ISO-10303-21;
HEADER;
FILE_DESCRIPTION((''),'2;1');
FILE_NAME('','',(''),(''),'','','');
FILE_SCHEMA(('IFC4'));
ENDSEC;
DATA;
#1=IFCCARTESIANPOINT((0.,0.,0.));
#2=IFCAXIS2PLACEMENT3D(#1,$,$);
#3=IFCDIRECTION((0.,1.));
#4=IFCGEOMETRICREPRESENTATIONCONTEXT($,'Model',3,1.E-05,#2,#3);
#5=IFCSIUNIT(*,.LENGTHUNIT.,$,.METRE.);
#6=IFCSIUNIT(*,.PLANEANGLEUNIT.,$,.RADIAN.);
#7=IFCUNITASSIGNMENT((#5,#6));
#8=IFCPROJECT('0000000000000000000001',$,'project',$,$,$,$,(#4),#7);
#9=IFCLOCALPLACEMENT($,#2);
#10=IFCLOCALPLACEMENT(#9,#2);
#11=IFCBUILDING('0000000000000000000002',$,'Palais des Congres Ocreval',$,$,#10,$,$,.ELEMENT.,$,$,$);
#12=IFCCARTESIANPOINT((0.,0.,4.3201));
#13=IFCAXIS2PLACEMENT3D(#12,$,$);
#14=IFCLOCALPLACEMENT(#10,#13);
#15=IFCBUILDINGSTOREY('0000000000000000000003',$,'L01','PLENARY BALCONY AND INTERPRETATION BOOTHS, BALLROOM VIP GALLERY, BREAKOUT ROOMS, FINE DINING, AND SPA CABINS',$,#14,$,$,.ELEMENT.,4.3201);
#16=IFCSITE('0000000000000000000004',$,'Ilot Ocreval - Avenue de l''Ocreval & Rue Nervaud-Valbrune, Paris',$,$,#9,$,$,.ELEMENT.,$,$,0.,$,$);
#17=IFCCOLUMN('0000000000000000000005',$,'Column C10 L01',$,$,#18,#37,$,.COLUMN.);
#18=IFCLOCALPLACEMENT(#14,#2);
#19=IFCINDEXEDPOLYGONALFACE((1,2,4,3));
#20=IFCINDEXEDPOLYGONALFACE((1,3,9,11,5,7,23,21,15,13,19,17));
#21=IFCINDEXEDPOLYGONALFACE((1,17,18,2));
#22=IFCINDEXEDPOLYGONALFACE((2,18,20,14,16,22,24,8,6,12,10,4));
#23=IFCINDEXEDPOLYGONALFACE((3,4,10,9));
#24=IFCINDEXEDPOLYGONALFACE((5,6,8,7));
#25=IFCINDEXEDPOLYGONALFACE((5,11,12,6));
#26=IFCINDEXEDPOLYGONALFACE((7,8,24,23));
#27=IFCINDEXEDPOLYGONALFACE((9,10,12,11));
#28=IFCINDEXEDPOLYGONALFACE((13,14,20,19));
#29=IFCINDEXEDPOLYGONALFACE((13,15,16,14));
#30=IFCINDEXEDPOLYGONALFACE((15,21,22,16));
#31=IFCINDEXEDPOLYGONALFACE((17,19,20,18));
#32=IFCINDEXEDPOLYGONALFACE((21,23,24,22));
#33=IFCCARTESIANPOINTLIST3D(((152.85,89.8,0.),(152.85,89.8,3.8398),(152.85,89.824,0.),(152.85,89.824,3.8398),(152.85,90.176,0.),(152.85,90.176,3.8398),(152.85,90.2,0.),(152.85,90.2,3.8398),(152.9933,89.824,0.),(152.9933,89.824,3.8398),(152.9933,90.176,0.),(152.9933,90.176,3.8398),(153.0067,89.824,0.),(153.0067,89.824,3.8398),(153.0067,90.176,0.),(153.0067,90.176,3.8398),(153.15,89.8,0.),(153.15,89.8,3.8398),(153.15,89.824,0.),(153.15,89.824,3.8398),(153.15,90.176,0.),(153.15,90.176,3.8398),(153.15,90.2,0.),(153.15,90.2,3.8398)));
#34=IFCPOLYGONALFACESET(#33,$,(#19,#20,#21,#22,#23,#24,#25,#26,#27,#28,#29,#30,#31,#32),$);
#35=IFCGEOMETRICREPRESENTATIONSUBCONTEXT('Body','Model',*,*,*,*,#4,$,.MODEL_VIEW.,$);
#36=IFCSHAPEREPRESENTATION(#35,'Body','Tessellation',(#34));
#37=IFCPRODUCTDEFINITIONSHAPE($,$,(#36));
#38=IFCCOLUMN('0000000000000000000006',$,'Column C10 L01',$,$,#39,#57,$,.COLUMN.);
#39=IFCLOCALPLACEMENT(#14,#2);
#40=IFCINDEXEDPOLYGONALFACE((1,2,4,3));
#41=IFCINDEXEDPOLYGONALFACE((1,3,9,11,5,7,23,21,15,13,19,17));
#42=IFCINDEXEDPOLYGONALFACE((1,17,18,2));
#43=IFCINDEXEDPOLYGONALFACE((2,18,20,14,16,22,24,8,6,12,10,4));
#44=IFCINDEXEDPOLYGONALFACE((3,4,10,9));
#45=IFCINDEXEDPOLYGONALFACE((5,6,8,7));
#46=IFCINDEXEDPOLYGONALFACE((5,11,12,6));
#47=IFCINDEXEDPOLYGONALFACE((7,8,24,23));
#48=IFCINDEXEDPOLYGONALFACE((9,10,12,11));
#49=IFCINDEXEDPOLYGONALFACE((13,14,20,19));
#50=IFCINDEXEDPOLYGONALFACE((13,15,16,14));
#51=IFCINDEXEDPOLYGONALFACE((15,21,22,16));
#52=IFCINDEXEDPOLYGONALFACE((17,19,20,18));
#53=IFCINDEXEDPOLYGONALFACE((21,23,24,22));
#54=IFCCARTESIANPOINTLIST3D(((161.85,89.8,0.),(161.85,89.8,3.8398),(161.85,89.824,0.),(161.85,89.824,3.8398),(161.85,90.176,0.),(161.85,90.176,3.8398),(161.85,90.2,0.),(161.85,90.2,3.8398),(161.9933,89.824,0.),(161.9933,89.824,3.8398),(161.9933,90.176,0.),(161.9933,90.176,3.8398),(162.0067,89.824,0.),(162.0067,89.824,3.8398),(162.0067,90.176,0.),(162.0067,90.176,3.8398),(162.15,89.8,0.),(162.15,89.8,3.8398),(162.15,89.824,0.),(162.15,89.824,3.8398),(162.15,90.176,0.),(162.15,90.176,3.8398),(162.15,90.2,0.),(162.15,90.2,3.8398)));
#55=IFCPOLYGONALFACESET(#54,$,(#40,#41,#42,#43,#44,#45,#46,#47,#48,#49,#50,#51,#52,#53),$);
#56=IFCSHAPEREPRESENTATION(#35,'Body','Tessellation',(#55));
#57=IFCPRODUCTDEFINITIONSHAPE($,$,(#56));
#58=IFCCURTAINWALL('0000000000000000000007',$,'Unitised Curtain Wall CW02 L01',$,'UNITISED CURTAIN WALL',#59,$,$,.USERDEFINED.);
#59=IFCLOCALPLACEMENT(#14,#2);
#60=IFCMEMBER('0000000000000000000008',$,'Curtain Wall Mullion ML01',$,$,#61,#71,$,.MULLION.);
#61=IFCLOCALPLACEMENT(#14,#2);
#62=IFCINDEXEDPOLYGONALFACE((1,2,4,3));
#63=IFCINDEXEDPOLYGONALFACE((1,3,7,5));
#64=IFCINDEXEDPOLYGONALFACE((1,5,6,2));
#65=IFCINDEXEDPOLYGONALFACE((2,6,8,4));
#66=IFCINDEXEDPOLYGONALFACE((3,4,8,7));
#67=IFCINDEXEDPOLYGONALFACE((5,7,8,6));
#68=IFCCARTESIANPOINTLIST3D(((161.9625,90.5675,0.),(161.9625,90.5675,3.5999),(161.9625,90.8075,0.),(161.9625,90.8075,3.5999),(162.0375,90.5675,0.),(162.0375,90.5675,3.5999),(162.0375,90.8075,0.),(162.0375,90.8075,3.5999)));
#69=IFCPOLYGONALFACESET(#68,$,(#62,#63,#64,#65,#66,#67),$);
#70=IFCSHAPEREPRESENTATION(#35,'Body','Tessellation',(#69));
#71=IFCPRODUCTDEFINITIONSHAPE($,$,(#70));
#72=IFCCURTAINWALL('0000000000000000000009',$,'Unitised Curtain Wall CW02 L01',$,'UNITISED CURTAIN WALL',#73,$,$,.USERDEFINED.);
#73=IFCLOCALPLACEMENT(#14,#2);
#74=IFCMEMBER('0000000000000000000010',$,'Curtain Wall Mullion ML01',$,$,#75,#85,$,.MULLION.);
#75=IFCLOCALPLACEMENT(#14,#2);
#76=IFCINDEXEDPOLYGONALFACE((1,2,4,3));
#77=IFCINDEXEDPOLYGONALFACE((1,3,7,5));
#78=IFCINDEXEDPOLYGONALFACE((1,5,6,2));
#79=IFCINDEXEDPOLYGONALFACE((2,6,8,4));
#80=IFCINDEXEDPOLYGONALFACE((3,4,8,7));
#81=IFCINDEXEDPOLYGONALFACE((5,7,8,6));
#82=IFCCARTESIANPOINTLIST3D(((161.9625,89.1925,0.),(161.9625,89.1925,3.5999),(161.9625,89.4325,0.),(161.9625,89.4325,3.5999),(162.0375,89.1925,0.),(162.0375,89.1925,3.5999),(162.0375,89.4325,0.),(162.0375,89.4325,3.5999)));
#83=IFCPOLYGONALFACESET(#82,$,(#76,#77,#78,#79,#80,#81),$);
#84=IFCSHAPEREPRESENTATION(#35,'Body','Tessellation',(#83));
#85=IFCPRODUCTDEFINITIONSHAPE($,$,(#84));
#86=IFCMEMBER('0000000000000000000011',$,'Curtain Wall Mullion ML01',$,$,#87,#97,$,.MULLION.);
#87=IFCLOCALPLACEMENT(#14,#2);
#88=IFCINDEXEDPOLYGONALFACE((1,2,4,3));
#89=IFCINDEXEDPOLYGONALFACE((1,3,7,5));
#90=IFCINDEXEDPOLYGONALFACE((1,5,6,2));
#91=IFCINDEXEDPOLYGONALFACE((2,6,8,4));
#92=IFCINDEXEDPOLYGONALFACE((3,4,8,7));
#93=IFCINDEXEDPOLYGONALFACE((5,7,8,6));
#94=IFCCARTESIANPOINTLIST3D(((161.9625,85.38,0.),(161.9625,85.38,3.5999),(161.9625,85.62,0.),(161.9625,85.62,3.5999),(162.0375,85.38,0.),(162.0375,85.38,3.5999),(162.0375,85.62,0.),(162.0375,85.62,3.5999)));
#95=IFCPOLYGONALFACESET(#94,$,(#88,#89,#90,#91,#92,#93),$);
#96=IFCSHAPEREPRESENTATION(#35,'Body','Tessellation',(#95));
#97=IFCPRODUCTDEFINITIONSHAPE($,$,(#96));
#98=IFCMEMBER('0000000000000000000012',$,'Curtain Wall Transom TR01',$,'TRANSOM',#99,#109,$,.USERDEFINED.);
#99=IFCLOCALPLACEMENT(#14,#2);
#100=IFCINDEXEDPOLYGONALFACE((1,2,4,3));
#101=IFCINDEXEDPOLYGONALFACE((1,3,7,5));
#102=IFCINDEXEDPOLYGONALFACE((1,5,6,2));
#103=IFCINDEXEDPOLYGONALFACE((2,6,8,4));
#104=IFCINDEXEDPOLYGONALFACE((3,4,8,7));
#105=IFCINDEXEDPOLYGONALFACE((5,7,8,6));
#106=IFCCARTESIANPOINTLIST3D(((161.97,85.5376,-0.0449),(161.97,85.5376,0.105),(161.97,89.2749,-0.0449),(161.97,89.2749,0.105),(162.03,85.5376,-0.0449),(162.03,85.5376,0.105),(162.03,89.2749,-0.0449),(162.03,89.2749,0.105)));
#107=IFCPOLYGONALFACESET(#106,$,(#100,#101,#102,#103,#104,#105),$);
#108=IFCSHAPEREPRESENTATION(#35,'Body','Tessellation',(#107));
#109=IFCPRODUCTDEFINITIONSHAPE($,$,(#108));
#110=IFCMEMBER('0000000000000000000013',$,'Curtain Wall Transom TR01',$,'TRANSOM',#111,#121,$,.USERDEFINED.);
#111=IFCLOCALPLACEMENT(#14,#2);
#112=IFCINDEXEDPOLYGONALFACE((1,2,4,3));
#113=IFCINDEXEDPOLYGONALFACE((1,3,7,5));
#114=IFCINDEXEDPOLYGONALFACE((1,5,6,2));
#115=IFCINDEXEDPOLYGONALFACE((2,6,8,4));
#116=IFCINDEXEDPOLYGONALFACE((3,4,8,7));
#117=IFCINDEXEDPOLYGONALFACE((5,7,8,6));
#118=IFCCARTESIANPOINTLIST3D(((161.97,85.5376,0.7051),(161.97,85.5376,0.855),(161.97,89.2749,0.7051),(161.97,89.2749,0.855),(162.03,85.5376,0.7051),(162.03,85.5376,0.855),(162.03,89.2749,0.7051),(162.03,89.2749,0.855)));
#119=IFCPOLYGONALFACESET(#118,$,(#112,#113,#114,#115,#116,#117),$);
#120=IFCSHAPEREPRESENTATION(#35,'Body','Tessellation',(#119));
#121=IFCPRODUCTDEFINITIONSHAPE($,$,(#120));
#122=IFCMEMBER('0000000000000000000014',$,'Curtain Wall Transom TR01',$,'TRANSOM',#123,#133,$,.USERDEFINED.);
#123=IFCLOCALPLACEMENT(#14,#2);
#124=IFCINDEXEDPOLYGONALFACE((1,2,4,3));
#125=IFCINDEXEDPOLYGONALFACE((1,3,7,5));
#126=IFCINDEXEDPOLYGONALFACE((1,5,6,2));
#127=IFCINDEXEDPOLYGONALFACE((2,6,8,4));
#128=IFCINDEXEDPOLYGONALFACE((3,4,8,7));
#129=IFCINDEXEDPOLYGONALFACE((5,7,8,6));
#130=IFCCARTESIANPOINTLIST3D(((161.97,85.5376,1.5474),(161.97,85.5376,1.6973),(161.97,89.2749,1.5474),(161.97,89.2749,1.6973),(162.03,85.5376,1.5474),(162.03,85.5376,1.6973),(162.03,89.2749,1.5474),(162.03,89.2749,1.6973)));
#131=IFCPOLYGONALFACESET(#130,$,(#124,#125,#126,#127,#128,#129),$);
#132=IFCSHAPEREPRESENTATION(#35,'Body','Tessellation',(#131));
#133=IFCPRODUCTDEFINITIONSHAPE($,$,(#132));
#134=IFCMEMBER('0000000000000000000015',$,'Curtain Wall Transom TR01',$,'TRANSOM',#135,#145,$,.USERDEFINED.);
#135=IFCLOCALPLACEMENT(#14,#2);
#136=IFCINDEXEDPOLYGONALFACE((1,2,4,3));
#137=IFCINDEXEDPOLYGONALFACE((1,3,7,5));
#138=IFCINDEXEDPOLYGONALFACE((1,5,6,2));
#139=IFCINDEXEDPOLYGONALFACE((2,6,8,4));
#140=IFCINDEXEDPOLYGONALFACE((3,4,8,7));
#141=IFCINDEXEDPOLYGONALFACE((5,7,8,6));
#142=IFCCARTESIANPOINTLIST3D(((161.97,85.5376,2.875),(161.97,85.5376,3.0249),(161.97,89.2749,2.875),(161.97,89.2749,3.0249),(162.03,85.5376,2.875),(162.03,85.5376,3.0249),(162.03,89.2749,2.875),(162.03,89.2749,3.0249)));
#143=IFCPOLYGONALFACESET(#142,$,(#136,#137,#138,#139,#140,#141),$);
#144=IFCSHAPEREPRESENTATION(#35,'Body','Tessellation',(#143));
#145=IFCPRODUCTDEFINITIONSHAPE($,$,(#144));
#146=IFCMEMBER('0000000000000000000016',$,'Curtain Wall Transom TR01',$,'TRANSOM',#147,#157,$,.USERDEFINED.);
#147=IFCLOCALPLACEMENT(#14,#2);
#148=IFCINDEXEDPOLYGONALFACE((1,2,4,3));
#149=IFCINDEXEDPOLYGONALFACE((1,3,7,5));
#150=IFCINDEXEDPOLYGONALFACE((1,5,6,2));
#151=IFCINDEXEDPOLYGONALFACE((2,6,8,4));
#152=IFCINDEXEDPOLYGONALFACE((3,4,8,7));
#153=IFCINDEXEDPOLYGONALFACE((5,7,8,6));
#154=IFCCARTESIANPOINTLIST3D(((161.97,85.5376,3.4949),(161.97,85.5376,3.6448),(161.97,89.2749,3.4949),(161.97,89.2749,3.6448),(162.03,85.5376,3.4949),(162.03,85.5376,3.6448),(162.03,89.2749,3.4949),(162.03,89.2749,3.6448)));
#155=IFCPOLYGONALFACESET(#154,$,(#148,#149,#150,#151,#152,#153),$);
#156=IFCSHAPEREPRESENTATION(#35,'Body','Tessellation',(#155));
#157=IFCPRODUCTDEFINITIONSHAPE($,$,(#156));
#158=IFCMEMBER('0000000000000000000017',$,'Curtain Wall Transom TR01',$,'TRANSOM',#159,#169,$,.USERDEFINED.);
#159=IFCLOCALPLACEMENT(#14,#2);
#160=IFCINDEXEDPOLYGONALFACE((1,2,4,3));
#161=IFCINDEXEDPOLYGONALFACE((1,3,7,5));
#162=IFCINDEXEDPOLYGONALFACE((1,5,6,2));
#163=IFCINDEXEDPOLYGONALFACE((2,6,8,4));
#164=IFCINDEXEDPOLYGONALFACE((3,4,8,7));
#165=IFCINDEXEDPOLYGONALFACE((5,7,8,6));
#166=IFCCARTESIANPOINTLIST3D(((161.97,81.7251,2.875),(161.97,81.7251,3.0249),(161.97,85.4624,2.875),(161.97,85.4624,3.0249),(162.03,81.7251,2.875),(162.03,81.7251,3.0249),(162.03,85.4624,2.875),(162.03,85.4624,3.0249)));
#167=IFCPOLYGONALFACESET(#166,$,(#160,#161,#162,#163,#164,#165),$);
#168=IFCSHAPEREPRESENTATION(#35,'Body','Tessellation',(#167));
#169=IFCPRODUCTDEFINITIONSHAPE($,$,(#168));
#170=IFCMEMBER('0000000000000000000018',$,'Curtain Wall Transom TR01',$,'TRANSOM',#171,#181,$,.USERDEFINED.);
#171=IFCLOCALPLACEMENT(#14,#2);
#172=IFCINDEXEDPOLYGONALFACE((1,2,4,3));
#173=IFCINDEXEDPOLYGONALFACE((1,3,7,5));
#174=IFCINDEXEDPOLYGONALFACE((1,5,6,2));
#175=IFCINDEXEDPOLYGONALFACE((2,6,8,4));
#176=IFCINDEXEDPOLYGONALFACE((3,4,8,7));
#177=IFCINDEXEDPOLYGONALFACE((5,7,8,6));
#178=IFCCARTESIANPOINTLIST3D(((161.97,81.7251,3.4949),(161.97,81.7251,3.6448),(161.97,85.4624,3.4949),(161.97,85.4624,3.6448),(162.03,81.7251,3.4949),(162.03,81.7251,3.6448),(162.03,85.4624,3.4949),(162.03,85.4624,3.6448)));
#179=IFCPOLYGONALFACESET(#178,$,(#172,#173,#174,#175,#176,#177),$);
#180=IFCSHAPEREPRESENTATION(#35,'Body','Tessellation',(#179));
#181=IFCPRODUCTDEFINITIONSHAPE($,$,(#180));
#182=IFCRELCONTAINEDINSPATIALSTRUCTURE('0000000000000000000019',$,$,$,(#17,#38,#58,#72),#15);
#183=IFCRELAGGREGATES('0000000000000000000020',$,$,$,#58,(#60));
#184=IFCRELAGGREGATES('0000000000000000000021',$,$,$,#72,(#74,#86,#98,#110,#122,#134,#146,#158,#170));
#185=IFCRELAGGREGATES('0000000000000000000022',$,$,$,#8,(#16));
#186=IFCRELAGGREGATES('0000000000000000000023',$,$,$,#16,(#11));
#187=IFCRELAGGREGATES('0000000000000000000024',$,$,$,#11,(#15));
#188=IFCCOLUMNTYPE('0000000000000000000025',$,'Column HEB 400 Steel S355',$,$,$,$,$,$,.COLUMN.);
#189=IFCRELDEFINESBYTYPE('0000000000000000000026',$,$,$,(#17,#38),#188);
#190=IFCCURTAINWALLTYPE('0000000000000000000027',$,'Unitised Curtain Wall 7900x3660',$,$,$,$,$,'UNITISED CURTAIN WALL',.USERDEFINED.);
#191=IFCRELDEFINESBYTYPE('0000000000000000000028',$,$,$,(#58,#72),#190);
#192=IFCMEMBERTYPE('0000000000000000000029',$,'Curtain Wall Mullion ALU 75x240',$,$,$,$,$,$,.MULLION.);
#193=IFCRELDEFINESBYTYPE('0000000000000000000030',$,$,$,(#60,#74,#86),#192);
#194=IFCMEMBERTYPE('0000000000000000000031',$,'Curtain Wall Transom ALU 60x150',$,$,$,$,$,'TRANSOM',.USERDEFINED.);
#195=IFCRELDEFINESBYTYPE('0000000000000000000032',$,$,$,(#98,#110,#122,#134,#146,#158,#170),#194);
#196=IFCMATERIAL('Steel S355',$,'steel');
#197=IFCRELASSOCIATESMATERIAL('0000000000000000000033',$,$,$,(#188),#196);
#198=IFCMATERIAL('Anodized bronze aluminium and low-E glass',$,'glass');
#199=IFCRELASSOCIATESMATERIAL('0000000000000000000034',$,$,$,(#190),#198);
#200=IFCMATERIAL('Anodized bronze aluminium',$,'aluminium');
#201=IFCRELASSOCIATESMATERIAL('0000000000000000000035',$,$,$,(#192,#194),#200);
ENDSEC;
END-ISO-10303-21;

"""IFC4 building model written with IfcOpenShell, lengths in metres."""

from ifc_helpers import new_model, si_unit, direction, frame, origin, origin_2d, place, context, subcontext, project, spatial, rectangle, i_section, extrude, material, material_profile, profile_set, type_object, element, aggregate, save


model = new_model("IFC4")

# Units and contexts
model_context = context("Model", 3, precision=1e-05, world=origin(), true_north=direction((0.0, 1.0)))
body_context = subcontext(model_context, "Body", "Model", "MODEL_VIEW")
ifc_project = project(units=[si_unit("LENGTHUNIT", "METRE"), si_unit("PLANEANGLEUNIT", "RADIAN")], contexts=[model_context])

# Site, building, storey
site_placement = place(None, origin())
site = spatial("IfcSite", under=ifc_project, at=site_placement, Name="Ilot Ocreval - Avenue de l'Ocreval & Rue Nervaud-Valbrune, Paris", CompositionType="ELEMENT", RefElevation=0.0)
building_placement = place(site_placement, origin())
building = spatial("IfcBuilding", under=site, at=building_placement, Name="Palais des Congres Ocreval", CompositionType="ELEMENT")
storey_placement = place(building_placement, frame((0.0, 0.0, 4.3201)))
storey = spatial("IfcBuildingStorey", under=building, at=storey_placement, Name="L01", Description="PLENARY BALCONY AND INTERPRETATION BOOTHS, BALLROOM VIP GALLERY, BREAKOUT ROOMS, FINE DINING, AND SPA CABINS", CompositionType="ELEMENT", Elevation=4.3201)

# Columns
ifc_material_1 = material(Name="Steel S355", Category="steel")
ifc_material_profile_1 = material_profile(ifc_material_1, i_section(OverallWidth=0.3, OverallDepth=0.3999, WebThickness=0.0134, FlangeThickness=0.0239, at=origin_2d()), Name="HEB 400")
ifc_profile_set_1 = profile_set([ifc_material_profile_1], Name="Steel S355")
column_type = type_object("IfcColumnType", Name="Column HEB 400 Steel S355", PredefinedType="COLUMN", material=ifc_profile_set_1)
for number, where, z_axis, x_axis, name in (
    (1, (153.0, 90.0, 0.0), (0.0, 0.0, 1.0), (1.0, 0.0, 0.0), "Column C10 L01"),
    (2, (162.0, 90.0, 0.0), (0.0, 0.0, 1.0), (1.0, 0.0, 0.0), "Column C10 L01"),
):
    element("IfcColumn", number, at=place(storey_placement, frame(where, z_axis=z_axis, x_axis=x_axis)), inside=storey, type_object=column_type, Name=name, PredefinedType="COLUMN", context=body_context, shape_type="SweptSolid", body=[
        extrude(i_section(OverallWidth=0.3, OverallDepth=0.3999, WebThickness=0.0134, FlangeThickness=0.0239, at=origin_2d()), origin(), (0.0, 0.0, 1.0), 3.8398),
    ])

# Curtain wall, member
ifc_material_2 = material(Name="Anodized bronze aluminium and low-E glass", Category="glass")
curtain_wall_type = type_object("IfcCurtainWallType", Name="Unitised Curtain Wall 7900x3660", ElementType="UNITISED CURTAIN WALL", PredefinedType="USERDEFINED", material=ifc_material_2)
curtain_wall_1_placement = place(storey_placement, origin())
curtain_wall_1 = element("IfcCurtainWall", 3, at=curtain_wall_1_placement, inside=storey, type_object=curtain_wall_type, Name="Unitised Curtain Wall CW02 L01", ObjectType="UNITISED CURTAIN WALL", PredefinedType="USERDEFINED")
ifc_material_3 = material(Name="Anodized bronze aluminium", Category="aluminium")
ifc_material_profile_2 = material_profile(ifc_material_3, rectangle(XDim=0.075, YDim=0.24, at=origin_2d()), Name="ALU 75x240")
ifc_profile_set_2 = profile_set([ifc_material_profile_2], Name="Anodized bronze aluminium")
member_type_1 = type_object("IfcMemberType", Name="Curtain Wall Mullion ALU 75x240", PredefinedType="MULLION", material=ifc_profile_set_2)
member_1_placement = place(storey_placement, frame((162.0, 90.6875, 0.0), z_axis=(0.0, 0.0, 1.0), x_axis=(1.0, 0.0, 0.0)))
member_1 = element("IfcMember", 4, at=member_1_placement, type_object=member_type_1, Name="Curtain Wall Mullion ML01", PredefinedType="MULLION", context=body_context, shape_type="SweptSolid", body=[
    extrude(rectangle(XDim=0.075, YDim=0.24, at=origin_2d()), origin(), (0.0, 0.0, 1.0), 3.5999),
])

# Curtain wall, members
curtain_wall_2_placement = place(storey_placement, origin())
curtain_wall_2 = element("IfcCurtainWall", 5, at=curtain_wall_2_placement, inside=storey, type_object=curtain_wall_type, Name="Unitised Curtain Wall CW02 L01", ObjectType="UNITISED CURTAIN WALL", PredefinedType="USERDEFINED")
member_2_placement = place(storey_placement, frame((162.0, 89.3125, 0.0), z_axis=(0.0, 0.0, 1.0), x_axis=(1.0, 0.0, 0.0)))
member_2 = element("IfcMember", 6, at=member_2_placement, type_object=member_type_1, Name="Curtain Wall Mullion ML01", PredefinedType="MULLION", context=body_context, shape_type="SweptSolid", body=[
    extrude(rectangle(XDim=0.075, YDim=0.24, at=origin_2d()), origin(), (0.0, 0.0, 1.0), 3.5999),
])
member_3_placement = place(storey_placement, frame((162.0, 85.5, 0.0), z_axis=(0.0, 0.0, 1.0), x_axis=(1.0, 0.0, 0.0)))
member_3 = element("IfcMember", 7, at=member_3_placement, type_object=member_type_1, Name="Curtain Wall Mullion ML01", PredefinedType="MULLION", context=body_context, shape_type="SweptSolid", body=[
    extrude(rectangle(XDim=0.075, YDim=0.24, at=origin_2d()), origin(), (0.0, 0.0, 1.0), 3.5999),
])
ifc_material_profile_3 = material_profile(ifc_material_3, rectangle(XDim=0.0601, YDim=0.1499, at=origin_2d()), Name="ALU 60x150")
ifc_profile_set_3 = profile_set([ifc_material_profile_3], Name="Anodized bronze aluminium")
member_type_2 = type_object("IfcMemberType", Name="Curtain Wall Transom ALU 60x150", ElementType="TRANSOM", PredefinedType="USERDEFINED", material=ifc_profile_set_3)
member_4_placement = place(storey_placement, frame((162.0, 89.2749, 0.03), z_axis=(0.0, -1.0, 0.0), x_axis=(1.0, 0.0, 0.0)))
member_4 = element("IfcMember", 8, at=member_4_placement, type_object=member_type_2, Name="Curtain Wall Transom TR01", ObjectType="TRANSOM", PredefinedType="USERDEFINED", context=body_context, shape_type="SweptSolid", body=[
    extrude(rectangle(XDim=0.0601, YDim=0.1499, at=origin_2d()), origin(), (0.0, 0.0, 1.0), 3.7373),
])
member_5_placement = place(storey_placement, frame((162.0, 89.2749, 0.78), z_axis=(0.0, -1.0, 0.0), x_axis=(1.0, 0.0, 0.0)))
member_5 = element("IfcMember", 9, at=member_5_placement, type_object=member_type_2, Name="Curtain Wall Transom TR01", ObjectType="TRANSOM", PredefinedType="USERDEFINED", context=body_context, shape_type="SweptSolid", body=[
    extrude(rectangle(XDim=0.0601, YDim=0.1499, at=origin_2d()), origin(), (0.0, 0.0, 1.0), 3.7373),
])
member_6_placement = place(storey_placement, frame((162.0, 89.2749, 1.6223), z_axis=(0.0, -1.0, 0.0), x_axis=(1.0, 0.0, 0.0)))
member_6 = element("IfcMember", 10, at=member_6_placement, type_object=member_type_2, Name="Curtain Wall Transom TR01", ObjectType="TRANSOM", PredefinedType="USERDEFINED", context=body_context, shape_type="SweptSolid", body=[
    extrude(rectangle(XDim=0.0601, YDim=0.1499, at=origin_2d()), origin(), (0.0, 0.0, 1.0), 3.7373),
])
member_7_placement = place(storey_placement, frame((162.0, 89.2749, 2.95), z_axis=(0.0, -1.0, 0.0), x_axis=(1.0, 0.0, 0.0)))
member_7 = element("IfcMember", 11, at=member_7_placement, type_object=member_type_2, Name="Curtain Wall Transom TR01", ObjectType="TRANSOM", PredefinedType="USERDEFINED", context=body_context, shape_type="SweptSolid", body=[
    extrude(rectangle(XDim=0.0601, YDim=0.1499, at=origin_2d()), origin(), (0.0, 0.0, 1.0), 3.7373),
])
member_8_placement = place(storey_placement, frame((162.0, 89.2749, 3.5698), z_axis=(0.0, -1.0, 0.0), x_axis=(1.0, 0.0, 0.0)))
member_8 = element("IfcMember", 12, at=member_8_placement, type_object=member_type_2, Name="Curtain Wall Transom TR01", ObjectType="TRANSOM", PredefinedType="USERDEFINED", context=body_context, shape_type="SweptSolid", body=[
    extrude(rectangle(XDim=0.0601, YDim=0.1499, at=origin_2d()), origin(), (0.0, 0.0, 1.0), 3.7373),
])
member_9_placement = place(storey_placement, frame((162.0, 85.4624, 2.95), z_axis=(0.0, -1.0, 0.0), x_axis=(1.0, 0.0, 0.0)))
member_9 = element("IfcMember", 13, at=member_9_placement, type_object=member_type_2, Name="Curtain Wall Transom TR01", ObjectType="TRANSOM", PredefinedType="USERDEFINED", context=body_context, shape_type="SweptSolid", body=[
    extrude(rectangle(XDim=0.0601, YDim=0.1499, at=origin_2d()), origin(), (0.0, 0.0, 1.0), 3.7373),
])
member_10_placement = place(storey_placement, frame((162.0, 85.4624, 3.5698), z_axis=(0.0, -1.0, 0.0), x_axis=(1.0, 0.0, 0.0)))
member_10 = element("IfcMember", 14, at=member_10_placement, type_object=member_type_2, Name="Curtain Wall Transom TR01", ObjectType="TRANSOM", PredefinedType="USERDEFINED", context=body_context, shape_type="SweptSolid", body=[
    extrude(rectangle(XDim=0.0601, YDim=0.1499, at=origin_2d()), origin(), (0.0, 0.0, 1.0), 3.7373),
])

aggregate(curtain_wall_1, [member_1])
aggregate(curtain_wall_2, [member_2, member_3, member_4, member_5, member_6, member_7, member_8, member_9, member_10])

save(model, "model.ifc")
